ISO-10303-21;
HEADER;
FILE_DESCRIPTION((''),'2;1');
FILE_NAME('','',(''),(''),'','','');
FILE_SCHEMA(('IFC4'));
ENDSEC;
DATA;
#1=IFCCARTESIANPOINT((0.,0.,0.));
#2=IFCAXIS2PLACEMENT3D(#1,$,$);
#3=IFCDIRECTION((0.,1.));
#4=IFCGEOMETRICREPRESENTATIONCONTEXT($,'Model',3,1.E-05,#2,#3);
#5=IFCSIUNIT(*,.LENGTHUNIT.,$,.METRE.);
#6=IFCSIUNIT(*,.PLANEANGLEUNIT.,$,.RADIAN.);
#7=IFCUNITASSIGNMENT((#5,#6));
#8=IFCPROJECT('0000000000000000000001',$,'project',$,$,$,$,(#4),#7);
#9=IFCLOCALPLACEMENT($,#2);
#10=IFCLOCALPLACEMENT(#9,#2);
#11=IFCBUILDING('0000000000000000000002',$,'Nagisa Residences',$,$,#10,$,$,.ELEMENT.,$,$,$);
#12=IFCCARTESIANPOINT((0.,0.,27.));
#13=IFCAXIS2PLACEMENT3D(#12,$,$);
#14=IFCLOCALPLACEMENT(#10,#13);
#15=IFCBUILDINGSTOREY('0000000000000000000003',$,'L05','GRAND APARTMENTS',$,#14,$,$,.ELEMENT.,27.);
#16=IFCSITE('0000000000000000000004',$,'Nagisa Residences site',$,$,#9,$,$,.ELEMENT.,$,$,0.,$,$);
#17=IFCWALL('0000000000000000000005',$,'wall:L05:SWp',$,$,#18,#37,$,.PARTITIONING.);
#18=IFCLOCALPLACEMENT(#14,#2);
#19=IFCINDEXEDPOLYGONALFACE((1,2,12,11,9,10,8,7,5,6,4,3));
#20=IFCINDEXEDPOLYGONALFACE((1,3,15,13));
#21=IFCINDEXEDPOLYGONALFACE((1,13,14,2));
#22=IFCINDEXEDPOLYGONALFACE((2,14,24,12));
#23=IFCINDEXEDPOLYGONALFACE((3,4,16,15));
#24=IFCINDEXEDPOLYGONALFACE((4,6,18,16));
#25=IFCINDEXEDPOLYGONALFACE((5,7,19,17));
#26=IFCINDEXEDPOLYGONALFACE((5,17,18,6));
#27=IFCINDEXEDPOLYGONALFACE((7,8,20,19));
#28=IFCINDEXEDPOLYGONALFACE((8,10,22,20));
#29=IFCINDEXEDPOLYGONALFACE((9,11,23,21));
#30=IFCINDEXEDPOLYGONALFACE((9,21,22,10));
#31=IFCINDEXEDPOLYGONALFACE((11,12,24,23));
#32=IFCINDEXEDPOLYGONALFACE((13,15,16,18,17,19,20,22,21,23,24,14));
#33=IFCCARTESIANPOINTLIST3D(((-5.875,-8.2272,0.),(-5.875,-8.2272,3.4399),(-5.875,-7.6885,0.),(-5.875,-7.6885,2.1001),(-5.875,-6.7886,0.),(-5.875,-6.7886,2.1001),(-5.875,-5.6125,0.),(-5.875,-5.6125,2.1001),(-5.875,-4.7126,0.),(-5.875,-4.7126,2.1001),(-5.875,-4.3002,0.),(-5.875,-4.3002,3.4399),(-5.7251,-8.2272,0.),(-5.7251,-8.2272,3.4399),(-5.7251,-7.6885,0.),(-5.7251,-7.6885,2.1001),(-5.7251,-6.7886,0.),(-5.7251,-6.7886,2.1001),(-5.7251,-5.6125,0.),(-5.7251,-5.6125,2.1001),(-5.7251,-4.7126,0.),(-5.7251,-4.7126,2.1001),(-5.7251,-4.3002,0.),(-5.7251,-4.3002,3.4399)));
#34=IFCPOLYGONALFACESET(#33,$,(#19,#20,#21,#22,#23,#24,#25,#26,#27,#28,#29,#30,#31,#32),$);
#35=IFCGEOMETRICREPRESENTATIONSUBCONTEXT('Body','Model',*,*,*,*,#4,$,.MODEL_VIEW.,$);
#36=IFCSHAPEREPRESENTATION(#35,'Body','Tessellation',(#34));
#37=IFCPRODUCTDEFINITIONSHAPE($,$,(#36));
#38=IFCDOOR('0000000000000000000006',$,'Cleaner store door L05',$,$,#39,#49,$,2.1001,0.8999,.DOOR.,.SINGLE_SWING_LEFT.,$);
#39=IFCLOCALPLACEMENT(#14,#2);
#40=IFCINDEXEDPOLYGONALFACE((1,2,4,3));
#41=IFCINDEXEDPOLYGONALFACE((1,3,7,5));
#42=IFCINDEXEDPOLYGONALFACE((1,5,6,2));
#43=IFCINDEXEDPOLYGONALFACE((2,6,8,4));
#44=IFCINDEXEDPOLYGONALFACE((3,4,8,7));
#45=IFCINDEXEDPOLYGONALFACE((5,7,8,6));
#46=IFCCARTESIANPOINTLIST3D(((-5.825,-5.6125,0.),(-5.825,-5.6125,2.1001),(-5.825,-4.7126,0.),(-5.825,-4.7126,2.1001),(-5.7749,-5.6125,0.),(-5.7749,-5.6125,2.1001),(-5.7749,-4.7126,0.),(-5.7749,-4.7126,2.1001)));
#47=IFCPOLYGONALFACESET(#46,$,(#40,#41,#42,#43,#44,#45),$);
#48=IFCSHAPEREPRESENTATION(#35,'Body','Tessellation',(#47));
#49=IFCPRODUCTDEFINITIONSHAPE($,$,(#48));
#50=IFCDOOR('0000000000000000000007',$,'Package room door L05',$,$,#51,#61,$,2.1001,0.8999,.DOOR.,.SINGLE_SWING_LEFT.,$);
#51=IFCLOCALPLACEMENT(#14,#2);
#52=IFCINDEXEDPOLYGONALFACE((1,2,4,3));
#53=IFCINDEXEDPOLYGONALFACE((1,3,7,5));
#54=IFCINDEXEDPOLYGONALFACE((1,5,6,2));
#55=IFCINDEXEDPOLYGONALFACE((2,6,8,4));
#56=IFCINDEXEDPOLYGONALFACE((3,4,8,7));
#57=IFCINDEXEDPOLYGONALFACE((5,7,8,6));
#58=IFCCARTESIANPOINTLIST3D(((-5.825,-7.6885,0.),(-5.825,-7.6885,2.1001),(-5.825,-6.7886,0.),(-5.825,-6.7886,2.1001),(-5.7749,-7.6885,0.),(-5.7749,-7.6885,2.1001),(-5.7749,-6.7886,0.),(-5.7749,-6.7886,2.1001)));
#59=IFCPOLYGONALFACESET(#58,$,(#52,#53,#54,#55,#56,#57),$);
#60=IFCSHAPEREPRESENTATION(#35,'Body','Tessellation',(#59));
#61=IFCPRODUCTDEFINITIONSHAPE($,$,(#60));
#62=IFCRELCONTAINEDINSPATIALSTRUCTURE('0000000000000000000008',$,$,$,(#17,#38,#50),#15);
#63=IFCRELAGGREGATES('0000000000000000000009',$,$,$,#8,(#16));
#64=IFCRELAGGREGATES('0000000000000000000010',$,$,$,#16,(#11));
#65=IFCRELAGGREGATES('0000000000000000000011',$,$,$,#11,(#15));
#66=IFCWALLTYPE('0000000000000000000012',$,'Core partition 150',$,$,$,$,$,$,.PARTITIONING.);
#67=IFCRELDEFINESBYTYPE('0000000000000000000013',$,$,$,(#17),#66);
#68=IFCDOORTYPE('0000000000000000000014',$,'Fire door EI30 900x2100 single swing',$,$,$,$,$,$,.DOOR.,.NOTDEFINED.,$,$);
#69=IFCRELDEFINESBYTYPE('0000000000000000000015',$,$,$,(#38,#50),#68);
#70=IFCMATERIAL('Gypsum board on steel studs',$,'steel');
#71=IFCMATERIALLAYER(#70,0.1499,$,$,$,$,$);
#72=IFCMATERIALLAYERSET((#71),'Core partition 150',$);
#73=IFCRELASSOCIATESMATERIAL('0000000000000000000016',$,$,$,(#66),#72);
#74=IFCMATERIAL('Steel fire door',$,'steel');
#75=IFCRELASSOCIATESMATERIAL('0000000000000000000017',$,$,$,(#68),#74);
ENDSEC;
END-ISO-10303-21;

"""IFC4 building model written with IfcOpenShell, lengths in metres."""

from ifc_helpers import new_model, si_unit, direction, frame, frame_2d, origin, place, context, subcontext, project, spatial, rectangle, extrude, material, layer, layer_set, type_object, element, fill, save


model = new_model("IFC4")

# Units and contexts
model_context = context("Model", 3, precision=1e-05, world=origin(), true_north=direction((0.0, 1.0)))
body_context = subcontext(model_context, "Body", "Model", "MODEL_VIEW")
ifc_project = project(units=[si_unit("LENGTHUNIT", "METRE"), si_unit("PLANEANGLEUNIT", "RADIAN")], contexts=[model_context])

# Site, building, storey
site_placement = place(None, origin())
site = spatial("IfcSite", under=ifc_project, at=site_placement, Name="Nagisa Residences site", CompositionType="ELEMENT", RefElevation=0.0)
building_placement = place(site_placement, origin())
building = spatial("IfcBuilding", under=site, at=building_placement, Name="Nagisa Residences", CompositionType="ELEMENT")
storey_placement = place(building_placement, frame((0.0, 0.0, 27.0)))
storey = spatial("IfcBuildingStorey", under=building, at=storey_placement, Name="L05", Description="GRAND APARTMENTS", CompositionType="ELEMENT", Elevation=27.0)

# Wall, openings, doors
ifc_material_1 = material(Name="Gypsum board on steel studs", Category="steel")
ifc_layer_1 = layer(ifc_material_1, 0.1499)
ifc_layer_set_1 = layer_set([ifc_layer_1], Name="Core partition 150")
wall_type_1 = type_object("IfcWallType", Name="Core partition 150", PredefinedType="PARTITIONING", material=ifc_layer_set_1)
wall_1_placement = place(storey_placement, frame((-5.8, -8.2271, 0.0), z_axis=(0.0, 0.0, 1.0), x_axis=(0.0, 1.0, 0.0)))
wall_1 = element("IfcWall", 1, at=wall_1_placement, inside=storey, type_object=wall_type_1, Name="wall:L05:SWp", PredefinedType="PARTITIONING", context=body_context, shape_type="SweptSolid", body=[
    extrude(rectangle(XDim=3.927, YDim=0.1499, at=frame_2d((1.9634, 0.0))), origin(), (0.0, 0.0, 1.0), 3.4399),
])
opening_1_placement = place(wall_1_placement, frame((2.6145, 0.0, 0.0)))
opening_1 = element("IfcOpeningElement", 2, at=opening_1_placement, cuts=wall_1, PredefinedType="OPENING", context=body_context, shape_type="SweptSolid", body=[
    extrude(rectangle(XDim=0.8999, YDim=2.1001, at=frame_2d((0.45, 1.05))), frame((0.0, 0.085, 0.0), z_axis=(0.0, -1.0, 0.0), x_axis=(1.0, 0.0, 0.0)), (0.0, 0.0, 1.0), 0.1699),
])
opening_2_placement = place(wall_1_placement, frame((0.5386, 0.0, 0.0)))
opening_2 = element("IfcOpeningElement", 3, at=opening_2_placement, cuts=wall_1, PredefinedType="OPENING", context=body_context, shape_type="SweptSolid", body=[
    extrude(rectangle(XDim=0.8999, YDim=2.1001, at=frame_2d((0.45, 1.05))), frame((0.0, 0.085, 0.0), z_axis=(0.0, -1.0, 0.0), x_axis=(1.0, 0.0, 0.0)), (0.0, 0.0, 1.0), 0.1699),
])
ifc_material_2 = material(Name="Steel fire door", Category="steel")
door_type_1 = type_object("IfcDoorType", Name="Fire door EI30 900x2100 single swing", OperationType="NOTDEFINED", PredefinedType="DOOR", material=ifc_material_2)
door_1_placement = place(opening_1_placement, origin())
door_1 = element("IfcDoor", 4, at=door_1_placement, inside=storey, type_object=door_type_1, Name="Cleaner store door L05", OperationType="SINGLE_SWING_LEFT", OverallHeight=2.1001, OverallWidth=0.8999, PredefinedType="DOOR", context=body_context, shape_type="SweptSolid", body=[
    extrude(rectangle(XDim=0.8999, YDim=2.1001, at=frame_2d((0.45, 1.05))), frame((0.0, 0.0249, 0.0), z_axis=(0.0, -1.0, 0.0), x_axis=(1.0, 0.0, 0.0)), (0.0, 0.0, 1.0), 0.05),
])
fill(opening_1, door_1)
door_2_placement = place(opening_2_placement, origin())
door_2 = element("IfcDoor", 5, at=door_2_placement, inside=storey, type_object=door_type_1, Name="Package room door L05", OperationType="SINGLE_SWING_LEFT", OverallHeight=2.1001, OverallWidth=0.8999, PredefinedType="DOOR", context=body_context, shape_type="SweptSolid", body=[
    extrude(rectangle(XDim=0.8999, YDim=2.1001, at=frame_2d((0.45, 1.05))), frame((0.0, 0.0249, 0.0), z_axis=(0.0, -1.0, 0.0), x_axis=(1.0, 0.0, 0.0)), (0.0, 0.0, 1.0), 0.05),
])
fill(opening_2, door_2)

save(model, "model.ifc")
